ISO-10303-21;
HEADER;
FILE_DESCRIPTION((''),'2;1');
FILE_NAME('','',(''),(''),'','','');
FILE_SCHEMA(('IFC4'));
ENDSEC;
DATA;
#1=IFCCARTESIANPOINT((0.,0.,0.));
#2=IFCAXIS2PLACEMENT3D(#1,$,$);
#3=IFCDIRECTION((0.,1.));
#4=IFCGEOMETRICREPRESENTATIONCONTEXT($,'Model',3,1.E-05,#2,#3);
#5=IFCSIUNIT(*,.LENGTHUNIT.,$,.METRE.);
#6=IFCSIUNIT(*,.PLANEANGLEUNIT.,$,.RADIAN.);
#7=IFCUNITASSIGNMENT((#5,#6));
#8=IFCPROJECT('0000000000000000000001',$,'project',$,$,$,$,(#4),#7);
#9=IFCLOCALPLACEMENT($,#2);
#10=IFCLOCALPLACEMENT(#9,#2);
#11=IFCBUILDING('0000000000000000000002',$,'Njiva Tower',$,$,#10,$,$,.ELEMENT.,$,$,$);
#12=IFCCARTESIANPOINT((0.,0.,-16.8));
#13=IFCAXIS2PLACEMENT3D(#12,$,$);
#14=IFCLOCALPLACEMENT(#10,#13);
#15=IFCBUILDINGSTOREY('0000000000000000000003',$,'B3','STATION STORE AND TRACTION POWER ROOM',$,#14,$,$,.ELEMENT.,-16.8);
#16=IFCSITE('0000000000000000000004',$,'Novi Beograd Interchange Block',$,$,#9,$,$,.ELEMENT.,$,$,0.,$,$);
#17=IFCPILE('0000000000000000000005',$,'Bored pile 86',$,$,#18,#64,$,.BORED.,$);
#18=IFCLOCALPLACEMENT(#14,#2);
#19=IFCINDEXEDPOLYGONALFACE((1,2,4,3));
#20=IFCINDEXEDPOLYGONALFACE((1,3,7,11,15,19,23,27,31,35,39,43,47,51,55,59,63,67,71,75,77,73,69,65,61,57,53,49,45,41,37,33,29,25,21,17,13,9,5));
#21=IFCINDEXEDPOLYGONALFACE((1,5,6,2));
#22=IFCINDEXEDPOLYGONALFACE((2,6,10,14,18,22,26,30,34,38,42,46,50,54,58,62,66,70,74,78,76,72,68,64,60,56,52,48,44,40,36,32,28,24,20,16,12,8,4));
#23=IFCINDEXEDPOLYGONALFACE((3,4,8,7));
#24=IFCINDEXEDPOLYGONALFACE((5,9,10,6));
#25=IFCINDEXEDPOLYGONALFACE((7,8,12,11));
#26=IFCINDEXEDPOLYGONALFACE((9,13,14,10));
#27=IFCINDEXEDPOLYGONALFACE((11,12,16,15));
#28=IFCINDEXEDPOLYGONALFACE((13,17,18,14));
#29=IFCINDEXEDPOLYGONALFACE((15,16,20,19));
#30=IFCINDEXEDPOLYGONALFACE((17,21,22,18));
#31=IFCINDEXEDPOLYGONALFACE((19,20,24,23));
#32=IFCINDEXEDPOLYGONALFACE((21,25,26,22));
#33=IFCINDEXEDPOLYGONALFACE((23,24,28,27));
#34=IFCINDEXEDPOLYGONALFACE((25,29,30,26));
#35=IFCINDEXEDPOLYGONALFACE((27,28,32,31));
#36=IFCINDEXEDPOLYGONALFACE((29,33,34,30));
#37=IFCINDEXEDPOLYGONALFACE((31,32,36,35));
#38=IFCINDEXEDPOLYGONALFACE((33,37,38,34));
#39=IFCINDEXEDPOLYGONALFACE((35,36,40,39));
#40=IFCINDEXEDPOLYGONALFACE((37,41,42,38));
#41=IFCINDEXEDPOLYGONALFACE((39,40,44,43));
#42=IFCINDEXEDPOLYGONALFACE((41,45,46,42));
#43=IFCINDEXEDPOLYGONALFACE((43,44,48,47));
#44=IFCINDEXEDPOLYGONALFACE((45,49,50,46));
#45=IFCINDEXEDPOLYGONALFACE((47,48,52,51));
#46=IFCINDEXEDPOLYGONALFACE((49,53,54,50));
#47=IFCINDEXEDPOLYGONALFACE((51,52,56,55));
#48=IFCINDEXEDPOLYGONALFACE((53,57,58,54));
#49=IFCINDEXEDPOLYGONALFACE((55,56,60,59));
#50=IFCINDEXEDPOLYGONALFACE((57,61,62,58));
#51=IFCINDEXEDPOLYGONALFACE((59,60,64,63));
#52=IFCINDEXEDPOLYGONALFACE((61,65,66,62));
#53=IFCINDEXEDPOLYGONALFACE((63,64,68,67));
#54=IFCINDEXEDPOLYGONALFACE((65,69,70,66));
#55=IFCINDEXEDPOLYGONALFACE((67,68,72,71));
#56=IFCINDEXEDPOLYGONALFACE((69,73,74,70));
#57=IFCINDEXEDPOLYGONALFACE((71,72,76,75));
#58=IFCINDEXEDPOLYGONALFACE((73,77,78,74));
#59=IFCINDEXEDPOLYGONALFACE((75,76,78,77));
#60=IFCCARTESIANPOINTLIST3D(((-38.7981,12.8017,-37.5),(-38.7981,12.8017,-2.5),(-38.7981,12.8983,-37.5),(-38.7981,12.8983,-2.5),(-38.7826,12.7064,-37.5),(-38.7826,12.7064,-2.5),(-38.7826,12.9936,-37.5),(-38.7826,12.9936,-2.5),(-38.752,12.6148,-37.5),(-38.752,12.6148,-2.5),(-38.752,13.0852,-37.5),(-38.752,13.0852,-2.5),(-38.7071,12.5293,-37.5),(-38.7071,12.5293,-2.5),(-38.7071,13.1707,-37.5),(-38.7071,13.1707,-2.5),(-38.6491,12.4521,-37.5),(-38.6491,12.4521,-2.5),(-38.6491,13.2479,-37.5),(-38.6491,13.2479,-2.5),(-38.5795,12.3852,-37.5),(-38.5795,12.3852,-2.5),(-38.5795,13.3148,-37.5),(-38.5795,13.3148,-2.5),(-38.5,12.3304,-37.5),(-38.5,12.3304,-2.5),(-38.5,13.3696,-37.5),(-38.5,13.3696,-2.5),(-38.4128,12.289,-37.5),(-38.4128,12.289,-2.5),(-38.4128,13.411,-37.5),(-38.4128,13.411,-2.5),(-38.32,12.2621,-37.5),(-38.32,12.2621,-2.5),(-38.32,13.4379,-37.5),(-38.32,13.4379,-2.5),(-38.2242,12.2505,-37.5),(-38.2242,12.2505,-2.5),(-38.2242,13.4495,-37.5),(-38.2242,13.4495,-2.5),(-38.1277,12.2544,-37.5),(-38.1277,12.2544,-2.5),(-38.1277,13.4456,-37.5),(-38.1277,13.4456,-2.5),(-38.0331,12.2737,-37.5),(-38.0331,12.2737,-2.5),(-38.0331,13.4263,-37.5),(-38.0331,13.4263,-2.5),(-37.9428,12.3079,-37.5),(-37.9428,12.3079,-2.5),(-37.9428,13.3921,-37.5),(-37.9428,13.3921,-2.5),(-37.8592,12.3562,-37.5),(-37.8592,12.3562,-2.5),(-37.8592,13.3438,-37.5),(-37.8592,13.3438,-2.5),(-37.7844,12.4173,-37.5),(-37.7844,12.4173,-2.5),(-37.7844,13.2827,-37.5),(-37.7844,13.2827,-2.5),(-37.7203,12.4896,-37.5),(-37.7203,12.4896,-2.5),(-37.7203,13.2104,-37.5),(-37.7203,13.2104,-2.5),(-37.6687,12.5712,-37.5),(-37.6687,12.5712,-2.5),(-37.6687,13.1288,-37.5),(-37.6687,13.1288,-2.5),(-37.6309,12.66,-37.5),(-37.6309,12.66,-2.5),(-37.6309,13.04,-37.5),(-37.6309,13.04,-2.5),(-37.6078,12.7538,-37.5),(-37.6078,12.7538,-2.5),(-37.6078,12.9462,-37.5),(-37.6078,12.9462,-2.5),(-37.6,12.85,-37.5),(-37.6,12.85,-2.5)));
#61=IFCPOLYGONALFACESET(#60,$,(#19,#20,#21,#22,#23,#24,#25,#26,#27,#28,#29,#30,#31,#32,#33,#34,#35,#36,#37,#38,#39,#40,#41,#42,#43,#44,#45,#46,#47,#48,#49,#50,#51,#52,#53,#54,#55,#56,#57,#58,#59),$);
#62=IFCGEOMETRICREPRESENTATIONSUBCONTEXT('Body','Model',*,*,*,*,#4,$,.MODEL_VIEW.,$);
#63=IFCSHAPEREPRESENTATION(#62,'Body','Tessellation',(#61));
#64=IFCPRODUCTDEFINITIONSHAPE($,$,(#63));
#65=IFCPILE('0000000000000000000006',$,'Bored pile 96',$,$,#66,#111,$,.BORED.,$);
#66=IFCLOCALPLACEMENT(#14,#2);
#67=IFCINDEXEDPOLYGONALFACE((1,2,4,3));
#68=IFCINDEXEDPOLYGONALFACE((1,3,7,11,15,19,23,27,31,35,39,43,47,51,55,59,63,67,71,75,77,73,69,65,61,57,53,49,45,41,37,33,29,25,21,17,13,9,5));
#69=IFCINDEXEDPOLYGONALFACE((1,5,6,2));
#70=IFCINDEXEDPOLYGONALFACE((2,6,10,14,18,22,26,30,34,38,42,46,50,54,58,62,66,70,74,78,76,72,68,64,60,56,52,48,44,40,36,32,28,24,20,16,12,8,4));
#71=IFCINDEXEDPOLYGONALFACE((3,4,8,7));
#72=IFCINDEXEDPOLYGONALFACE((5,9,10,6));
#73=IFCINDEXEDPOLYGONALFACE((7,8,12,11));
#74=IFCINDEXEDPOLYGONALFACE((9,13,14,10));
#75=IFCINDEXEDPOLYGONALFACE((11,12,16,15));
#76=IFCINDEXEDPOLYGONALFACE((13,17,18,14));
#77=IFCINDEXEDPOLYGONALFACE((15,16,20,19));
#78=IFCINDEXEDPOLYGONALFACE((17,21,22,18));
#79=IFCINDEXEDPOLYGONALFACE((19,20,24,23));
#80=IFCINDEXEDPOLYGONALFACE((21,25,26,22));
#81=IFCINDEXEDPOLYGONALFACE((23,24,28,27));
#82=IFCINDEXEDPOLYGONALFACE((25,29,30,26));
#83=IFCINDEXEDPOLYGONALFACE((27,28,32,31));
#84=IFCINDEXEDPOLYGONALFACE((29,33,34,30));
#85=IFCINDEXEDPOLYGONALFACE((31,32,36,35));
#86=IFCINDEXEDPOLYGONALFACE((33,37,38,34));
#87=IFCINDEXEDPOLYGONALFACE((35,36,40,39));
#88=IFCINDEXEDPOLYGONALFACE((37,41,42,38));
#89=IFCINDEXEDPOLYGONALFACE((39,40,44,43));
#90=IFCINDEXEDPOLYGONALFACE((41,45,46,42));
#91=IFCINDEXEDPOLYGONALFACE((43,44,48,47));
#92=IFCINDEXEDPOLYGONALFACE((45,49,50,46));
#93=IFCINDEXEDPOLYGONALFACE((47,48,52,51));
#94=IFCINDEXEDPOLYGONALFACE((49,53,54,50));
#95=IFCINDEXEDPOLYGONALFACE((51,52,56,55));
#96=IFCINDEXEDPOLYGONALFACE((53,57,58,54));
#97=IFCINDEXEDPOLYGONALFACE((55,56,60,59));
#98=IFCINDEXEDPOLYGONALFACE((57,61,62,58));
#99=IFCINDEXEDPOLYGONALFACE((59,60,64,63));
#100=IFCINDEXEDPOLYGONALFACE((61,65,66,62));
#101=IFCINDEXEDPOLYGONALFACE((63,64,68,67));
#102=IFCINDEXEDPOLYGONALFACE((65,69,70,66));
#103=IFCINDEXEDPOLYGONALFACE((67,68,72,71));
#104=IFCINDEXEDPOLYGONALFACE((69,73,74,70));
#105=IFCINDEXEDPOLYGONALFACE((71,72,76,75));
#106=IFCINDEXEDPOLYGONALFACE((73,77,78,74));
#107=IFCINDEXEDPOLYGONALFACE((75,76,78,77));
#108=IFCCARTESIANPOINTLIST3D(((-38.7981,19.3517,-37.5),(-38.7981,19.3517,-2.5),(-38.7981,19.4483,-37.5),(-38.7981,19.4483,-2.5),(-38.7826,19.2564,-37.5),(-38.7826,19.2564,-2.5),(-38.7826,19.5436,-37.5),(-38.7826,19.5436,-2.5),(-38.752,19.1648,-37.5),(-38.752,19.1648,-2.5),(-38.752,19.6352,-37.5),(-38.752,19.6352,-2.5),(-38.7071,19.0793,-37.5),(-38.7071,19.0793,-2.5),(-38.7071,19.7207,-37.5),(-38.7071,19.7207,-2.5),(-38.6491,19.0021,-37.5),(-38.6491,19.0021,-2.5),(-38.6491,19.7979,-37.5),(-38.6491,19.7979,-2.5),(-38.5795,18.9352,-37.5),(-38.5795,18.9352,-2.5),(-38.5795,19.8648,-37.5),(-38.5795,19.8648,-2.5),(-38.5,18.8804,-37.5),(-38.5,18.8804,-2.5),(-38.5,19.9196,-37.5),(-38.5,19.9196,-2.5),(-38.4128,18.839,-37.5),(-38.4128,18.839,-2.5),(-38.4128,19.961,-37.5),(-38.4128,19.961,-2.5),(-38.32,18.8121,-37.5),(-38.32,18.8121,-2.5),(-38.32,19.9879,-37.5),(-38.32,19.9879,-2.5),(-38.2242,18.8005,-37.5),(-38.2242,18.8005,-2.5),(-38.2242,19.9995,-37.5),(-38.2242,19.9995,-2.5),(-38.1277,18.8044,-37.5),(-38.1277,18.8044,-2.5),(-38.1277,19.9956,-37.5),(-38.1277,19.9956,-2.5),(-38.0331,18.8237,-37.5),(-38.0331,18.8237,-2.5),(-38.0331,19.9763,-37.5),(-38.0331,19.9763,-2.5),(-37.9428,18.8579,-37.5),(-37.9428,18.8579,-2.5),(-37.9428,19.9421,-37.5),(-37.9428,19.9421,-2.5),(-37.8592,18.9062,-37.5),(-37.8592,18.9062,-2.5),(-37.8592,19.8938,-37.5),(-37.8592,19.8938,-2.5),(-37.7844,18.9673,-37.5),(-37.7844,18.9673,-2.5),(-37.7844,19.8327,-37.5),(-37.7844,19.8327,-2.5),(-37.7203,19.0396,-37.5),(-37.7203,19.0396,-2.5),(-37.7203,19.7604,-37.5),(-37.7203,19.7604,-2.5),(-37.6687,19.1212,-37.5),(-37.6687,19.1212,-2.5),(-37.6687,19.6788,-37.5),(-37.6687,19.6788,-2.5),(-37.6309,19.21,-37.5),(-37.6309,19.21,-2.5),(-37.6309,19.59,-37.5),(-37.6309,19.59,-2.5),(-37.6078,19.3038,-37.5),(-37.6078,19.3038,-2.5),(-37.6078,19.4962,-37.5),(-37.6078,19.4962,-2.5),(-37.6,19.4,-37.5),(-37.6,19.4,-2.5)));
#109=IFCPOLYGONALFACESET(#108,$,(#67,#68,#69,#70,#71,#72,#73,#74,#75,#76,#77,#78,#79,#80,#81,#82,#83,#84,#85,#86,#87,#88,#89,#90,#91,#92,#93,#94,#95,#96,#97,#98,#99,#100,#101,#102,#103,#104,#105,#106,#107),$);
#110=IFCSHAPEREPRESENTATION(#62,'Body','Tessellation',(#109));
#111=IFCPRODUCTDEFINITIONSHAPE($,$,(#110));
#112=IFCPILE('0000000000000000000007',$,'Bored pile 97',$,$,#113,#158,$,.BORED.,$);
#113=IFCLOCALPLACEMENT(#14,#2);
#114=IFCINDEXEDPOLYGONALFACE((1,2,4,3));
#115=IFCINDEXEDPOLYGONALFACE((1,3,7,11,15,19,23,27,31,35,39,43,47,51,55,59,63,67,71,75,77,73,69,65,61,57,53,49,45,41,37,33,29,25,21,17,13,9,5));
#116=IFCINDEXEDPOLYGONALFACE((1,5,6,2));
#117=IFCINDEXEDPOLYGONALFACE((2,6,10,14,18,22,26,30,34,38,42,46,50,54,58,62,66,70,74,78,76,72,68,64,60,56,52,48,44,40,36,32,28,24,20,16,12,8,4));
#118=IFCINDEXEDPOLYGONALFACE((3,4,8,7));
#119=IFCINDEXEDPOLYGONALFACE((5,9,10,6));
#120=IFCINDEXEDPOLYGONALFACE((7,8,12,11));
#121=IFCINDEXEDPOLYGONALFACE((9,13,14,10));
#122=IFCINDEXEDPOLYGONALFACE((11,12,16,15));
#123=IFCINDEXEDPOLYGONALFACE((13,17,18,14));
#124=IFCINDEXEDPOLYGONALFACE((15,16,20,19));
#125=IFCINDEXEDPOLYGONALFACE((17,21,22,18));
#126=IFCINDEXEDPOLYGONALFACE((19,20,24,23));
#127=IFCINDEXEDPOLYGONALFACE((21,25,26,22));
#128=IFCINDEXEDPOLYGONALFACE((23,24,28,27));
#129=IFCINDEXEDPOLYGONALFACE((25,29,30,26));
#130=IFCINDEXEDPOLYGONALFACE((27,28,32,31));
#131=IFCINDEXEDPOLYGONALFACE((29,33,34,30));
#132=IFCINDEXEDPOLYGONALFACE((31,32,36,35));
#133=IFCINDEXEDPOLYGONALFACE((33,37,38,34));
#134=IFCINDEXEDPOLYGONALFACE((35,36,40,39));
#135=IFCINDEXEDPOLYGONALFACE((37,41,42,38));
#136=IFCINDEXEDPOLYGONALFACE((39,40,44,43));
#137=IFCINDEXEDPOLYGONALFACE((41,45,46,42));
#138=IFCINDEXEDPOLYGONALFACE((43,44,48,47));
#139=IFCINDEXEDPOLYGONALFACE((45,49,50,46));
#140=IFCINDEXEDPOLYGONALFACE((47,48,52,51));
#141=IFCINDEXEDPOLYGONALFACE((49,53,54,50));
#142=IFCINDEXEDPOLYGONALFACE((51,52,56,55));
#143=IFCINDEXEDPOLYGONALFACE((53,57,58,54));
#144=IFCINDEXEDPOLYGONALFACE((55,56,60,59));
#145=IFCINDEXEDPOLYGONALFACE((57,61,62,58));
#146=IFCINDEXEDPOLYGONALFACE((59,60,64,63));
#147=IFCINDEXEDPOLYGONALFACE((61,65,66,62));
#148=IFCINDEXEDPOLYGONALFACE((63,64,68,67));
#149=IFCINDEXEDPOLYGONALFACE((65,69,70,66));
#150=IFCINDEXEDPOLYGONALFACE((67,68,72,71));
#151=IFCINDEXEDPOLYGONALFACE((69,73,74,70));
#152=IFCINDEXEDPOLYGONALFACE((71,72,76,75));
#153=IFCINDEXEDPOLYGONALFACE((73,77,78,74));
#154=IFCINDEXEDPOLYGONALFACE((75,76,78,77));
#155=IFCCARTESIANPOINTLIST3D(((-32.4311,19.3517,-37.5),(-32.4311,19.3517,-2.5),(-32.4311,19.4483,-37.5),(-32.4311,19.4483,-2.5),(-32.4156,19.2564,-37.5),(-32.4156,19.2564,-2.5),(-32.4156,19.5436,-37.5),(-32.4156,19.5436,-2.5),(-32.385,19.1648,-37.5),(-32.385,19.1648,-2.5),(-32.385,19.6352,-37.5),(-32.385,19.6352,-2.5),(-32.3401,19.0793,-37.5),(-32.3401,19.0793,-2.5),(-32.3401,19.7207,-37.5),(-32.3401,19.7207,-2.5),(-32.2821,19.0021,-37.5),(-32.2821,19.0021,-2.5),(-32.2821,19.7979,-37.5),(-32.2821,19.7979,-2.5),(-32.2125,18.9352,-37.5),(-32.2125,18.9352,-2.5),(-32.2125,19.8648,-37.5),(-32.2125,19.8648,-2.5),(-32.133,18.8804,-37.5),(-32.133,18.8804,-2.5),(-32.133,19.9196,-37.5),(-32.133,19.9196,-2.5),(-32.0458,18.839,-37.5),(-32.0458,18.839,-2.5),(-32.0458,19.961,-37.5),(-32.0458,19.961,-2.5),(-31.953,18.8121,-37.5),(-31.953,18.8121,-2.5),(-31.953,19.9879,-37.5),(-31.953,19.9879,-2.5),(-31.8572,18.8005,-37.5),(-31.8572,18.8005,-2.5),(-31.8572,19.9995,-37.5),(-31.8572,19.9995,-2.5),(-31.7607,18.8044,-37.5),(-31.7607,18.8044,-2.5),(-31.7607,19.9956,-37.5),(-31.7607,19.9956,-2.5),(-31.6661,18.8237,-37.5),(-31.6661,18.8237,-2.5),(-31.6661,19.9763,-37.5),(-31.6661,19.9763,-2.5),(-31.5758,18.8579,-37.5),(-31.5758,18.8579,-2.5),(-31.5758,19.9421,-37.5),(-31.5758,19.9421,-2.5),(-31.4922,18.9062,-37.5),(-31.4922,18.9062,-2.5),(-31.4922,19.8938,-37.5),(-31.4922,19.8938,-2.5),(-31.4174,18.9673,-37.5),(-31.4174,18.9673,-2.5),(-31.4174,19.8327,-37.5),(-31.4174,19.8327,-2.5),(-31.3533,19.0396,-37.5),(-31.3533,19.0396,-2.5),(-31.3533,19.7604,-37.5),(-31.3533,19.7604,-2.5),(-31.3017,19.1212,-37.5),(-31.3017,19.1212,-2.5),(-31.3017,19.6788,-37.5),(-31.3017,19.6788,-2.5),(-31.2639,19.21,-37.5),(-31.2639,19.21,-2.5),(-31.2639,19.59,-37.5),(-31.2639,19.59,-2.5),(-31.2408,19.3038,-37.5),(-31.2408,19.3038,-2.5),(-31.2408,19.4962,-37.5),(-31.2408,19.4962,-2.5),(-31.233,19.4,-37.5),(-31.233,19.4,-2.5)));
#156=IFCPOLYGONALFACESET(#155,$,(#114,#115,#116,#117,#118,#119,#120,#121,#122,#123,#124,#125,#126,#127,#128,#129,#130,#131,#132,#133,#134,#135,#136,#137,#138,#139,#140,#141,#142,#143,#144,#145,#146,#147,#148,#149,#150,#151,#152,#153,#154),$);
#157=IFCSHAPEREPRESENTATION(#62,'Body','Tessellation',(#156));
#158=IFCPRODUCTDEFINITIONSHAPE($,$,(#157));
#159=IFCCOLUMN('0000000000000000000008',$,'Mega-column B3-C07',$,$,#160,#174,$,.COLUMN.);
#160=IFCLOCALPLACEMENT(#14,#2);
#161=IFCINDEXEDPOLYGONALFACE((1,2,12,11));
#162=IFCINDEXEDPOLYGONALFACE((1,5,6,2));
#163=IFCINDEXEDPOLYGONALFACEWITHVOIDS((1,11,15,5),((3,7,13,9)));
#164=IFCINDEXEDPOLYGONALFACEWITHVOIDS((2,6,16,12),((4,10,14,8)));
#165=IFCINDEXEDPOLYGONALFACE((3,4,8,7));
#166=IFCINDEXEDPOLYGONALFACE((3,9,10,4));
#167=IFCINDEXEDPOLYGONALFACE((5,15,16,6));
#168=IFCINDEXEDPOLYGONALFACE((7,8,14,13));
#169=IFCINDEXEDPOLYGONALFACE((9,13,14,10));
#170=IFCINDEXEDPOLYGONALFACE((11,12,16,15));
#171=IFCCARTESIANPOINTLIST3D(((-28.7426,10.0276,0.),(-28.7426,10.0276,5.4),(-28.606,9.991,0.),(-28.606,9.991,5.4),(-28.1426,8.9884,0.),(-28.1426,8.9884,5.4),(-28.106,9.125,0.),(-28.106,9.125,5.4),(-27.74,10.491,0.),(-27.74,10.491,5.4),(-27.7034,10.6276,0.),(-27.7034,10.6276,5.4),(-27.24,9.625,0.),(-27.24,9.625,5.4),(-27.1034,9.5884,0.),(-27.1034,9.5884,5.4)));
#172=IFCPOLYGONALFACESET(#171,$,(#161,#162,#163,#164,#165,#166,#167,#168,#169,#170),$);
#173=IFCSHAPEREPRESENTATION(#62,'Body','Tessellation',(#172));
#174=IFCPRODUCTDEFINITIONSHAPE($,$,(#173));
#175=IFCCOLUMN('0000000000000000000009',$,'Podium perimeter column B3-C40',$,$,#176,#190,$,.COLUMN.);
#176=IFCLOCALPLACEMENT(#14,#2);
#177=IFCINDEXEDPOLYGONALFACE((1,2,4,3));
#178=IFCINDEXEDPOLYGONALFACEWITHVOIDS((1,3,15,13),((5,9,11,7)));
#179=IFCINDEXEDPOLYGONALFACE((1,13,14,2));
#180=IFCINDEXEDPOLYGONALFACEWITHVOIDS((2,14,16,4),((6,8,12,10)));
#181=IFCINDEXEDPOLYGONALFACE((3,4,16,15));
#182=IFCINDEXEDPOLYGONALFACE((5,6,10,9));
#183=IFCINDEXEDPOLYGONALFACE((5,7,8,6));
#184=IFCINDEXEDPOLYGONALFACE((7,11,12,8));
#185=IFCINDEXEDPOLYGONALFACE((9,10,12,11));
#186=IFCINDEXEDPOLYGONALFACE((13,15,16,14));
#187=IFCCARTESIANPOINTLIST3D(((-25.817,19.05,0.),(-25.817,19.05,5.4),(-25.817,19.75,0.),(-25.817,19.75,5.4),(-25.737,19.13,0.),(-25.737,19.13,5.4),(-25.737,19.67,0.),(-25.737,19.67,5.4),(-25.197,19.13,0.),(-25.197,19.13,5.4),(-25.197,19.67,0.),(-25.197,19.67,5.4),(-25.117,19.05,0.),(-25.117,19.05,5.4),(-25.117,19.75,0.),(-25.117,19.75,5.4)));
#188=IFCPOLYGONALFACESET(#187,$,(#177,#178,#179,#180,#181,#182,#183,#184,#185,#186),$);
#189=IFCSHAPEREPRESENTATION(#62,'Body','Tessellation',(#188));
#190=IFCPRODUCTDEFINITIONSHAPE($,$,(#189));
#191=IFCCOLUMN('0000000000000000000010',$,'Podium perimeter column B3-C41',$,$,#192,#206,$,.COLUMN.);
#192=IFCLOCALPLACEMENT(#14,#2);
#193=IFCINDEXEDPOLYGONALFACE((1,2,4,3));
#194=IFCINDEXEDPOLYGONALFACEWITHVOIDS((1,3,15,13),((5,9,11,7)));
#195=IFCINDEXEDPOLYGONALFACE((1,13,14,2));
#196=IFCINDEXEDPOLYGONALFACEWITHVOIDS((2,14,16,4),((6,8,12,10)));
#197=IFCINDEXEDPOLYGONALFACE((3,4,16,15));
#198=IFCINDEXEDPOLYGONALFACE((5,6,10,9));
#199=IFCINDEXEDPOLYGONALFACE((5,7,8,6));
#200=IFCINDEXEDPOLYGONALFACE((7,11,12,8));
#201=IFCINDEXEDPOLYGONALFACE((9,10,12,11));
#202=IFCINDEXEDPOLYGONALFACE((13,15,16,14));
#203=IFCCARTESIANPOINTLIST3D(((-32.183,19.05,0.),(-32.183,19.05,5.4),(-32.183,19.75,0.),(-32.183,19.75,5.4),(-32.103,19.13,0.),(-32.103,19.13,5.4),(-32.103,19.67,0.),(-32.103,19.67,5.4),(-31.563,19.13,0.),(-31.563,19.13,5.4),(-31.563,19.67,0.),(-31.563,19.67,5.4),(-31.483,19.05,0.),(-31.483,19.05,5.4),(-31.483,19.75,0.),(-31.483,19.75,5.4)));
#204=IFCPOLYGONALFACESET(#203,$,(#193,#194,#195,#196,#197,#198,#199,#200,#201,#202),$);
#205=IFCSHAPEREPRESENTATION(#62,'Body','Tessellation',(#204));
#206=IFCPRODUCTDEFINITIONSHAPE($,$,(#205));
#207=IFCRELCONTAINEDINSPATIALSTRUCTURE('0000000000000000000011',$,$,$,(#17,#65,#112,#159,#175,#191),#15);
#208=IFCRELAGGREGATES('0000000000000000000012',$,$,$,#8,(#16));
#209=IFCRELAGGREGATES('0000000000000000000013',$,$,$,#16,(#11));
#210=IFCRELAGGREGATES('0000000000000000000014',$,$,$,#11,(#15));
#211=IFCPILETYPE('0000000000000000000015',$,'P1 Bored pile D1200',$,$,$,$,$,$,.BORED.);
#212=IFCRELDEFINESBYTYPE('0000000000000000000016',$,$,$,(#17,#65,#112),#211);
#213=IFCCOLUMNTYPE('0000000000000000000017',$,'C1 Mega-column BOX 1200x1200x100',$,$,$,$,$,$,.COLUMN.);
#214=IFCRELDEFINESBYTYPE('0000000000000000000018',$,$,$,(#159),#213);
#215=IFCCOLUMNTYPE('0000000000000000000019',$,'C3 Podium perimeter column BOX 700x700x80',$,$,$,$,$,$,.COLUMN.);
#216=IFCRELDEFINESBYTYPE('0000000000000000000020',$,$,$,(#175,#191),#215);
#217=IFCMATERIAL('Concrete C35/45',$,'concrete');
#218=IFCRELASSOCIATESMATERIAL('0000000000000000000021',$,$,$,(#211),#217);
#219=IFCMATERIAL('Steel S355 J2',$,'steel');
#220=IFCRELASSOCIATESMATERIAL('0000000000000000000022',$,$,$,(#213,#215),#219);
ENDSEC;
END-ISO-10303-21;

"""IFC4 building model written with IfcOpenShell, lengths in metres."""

from ifc_helpers import new_model, si_unit, direction, frame, origin, origin_2d, place, context, subcontext, project, spatial, hollow_rectangle, circle, extrude, material, material_profile, profile_set, type_object, element, save


model = new_model("IFC4")

# Units and contexts
model_context = context("Model", 3, precision=1e-05, world=origin(), true_north=direction((0.0, 1.0)))
body_context = subcontext(model_context, "Body", "Model", "MODEL_VIEW")
ifc_project = project(units=[si_unit("LENGTHUNIT", "METRE"), si_unit("PLANEANGLEUNIT", "RADIAN")], contexts=[model_context])

# Site, building, storey
site_placement = place(None, origin())
site = spatial("IfcSite", under=ifc_project, at=site_placement, Name="Novi Beograd Interchange Block", CompositionType="ELEMENT", RefElevation=0.0)
building_placement = place(site_placement, origin())
building = spatial("IfcBuilding", under=site, at=building_placement, Name="Njiva Tower", CompositionType="ELEMENT")
storey_placement = place(building_placement, frame((0.0, 0.0, -16.8)))
storey = spatial("IfcBuildingStorey", under=building, at=storey_placement, Name="B3", Description="STATION STORE AND TRACTION POWER ROOM", CompositionType="ELEMENT", Elevation=-16.8)

# Piles
ifc_material_1 = material(Name="Concrete C35/45", Category="concrete")
ifc_material_profile_1 = material_profile(ifc_material_1, circle(Radius=0.6, at=origin_2d()), Name="D1200")
ifc_profile_set_1 = profile_set([ifc_material_profile_1], Name="Concrete C35/45")
pile_type = type_object("IfcPileType", Name="P1 Bored pile D1200", PredefinedType="BORED", material=ifc_profile_set_1)
for number, where, z_axis, x_axis, name in (
    (1, (-38.2, 12.85, -2.5), (0.0, 0.0, -1.0), (1.0, 0.0, 0.0), "Bored pile 86"),
    (2, (-38.2, 19.4, -2.5), (0.0, 0.0, -1.0), (1.0, 0.0, 0.0), "Bored pile 96"),
    (3, (-31.833, 19.4, -2.5), (0.0, 0.0, -1.0), (1.0, 0.0, 0.0), "Bored pile 97"),
):
    element("IfcPile", number, at=place(storey_placement, frame(where, z_axis=z_axis, x_axis=x_axis)), inside=storey, type_object=pile_type, Name=name, PredefinedType="BORED", context=body_context, shape_type="SweptSolid", body=[
        extrude(circle(Radius=0.6, at=origin_2d()), origin(), (0.0, 0.0, 1.0), 35.0),
    ])

# Columns
ifc_material_2 = material(Name="Steel S355 J2", Category="steel")
ifc_material_profile_2 = material_profile(ifc_material_2, hollow_rectangle(XDim=1.2, YDim=1.2, WallThickness=0.1, at=origin_2d()), Name="BOX 1200x1200x100")
ifc_profile_set_2 = profile_set([ifc_material_profile_2], Name="Steel S355 J2")
column_type_1 = type_object("IfcColumnType", Name="C1 Mega-column BOX 1200x1200x100", PredefinedType="COLUMN", material=ifc_profile_set_2)
column_1_placement = place(storey_placement, frame((-27.923, 9.808, 0.0), z_axis=(0.0, 0.0, 1.0), x_axis=(0.5, -0.866025, 0.0)))
element("IfcColumn", 4, at=column_1_placement, inside=storey, type_object=column_type_1, Name="Mega-column B3-C07", PredefinedType="COLUMN", context=body_context, shape_type="SweptSolid", body=[
    extrude(hollow_rectangle(XDim=1.2, YDim=1.2, WallThickness=0.1, at=origin_2d()), origin(), (0.0, 0.0, 1.0), 5.4),
])
ifc_material_profile_3 = material_profile(ifc_material_2, hollow_rectangle(XDim=0.7, YDim=0.7, WallThickness=0.08, at=origin_2d()), Name="BOX 700x700x80")
ifc_profile_set_3 = profile_set([ifc_material_profile_3], Name="Steel S355 J2")
column_type_2 = type_object("IfcColumnType", Name="C3 Podium perimeter column BOX 700x700x80", PredefinedType="COLUMN", material=ifc_profile_set_3)
for number, where, z_axis, x_axis, name in (
    (5, (-25.467, 19.4, 0.0), (0.0, 0.0, 1.0), (-1.0, 0.0, 0.0), "Podium perimeter column B3-C40"),
    (6, (-31.833, 19.4, 0.0), (0.0, 0.0, 1.0), (-1.0, 0.0, 0.0), "Podium perimeter column B3-C41"),
):
    element("IfcColumn", number, at=place(storey_placement, frame(where, z_axis=z_axis, x_axis=x_axis)), inside=storey, type_object=column_type_2, Name=name, PredefinedType="COLUMN", context=body_context, shape_type="SweptSolid", body=[
        extrude(hollow_rectangle(XDim=0.7, YDim=0.7, WallThickness=0.08, at=origin_2d()), origin(), (0.0, 0.0, 1.0), 5.4),
    ])

save(model, "model.ifc")
